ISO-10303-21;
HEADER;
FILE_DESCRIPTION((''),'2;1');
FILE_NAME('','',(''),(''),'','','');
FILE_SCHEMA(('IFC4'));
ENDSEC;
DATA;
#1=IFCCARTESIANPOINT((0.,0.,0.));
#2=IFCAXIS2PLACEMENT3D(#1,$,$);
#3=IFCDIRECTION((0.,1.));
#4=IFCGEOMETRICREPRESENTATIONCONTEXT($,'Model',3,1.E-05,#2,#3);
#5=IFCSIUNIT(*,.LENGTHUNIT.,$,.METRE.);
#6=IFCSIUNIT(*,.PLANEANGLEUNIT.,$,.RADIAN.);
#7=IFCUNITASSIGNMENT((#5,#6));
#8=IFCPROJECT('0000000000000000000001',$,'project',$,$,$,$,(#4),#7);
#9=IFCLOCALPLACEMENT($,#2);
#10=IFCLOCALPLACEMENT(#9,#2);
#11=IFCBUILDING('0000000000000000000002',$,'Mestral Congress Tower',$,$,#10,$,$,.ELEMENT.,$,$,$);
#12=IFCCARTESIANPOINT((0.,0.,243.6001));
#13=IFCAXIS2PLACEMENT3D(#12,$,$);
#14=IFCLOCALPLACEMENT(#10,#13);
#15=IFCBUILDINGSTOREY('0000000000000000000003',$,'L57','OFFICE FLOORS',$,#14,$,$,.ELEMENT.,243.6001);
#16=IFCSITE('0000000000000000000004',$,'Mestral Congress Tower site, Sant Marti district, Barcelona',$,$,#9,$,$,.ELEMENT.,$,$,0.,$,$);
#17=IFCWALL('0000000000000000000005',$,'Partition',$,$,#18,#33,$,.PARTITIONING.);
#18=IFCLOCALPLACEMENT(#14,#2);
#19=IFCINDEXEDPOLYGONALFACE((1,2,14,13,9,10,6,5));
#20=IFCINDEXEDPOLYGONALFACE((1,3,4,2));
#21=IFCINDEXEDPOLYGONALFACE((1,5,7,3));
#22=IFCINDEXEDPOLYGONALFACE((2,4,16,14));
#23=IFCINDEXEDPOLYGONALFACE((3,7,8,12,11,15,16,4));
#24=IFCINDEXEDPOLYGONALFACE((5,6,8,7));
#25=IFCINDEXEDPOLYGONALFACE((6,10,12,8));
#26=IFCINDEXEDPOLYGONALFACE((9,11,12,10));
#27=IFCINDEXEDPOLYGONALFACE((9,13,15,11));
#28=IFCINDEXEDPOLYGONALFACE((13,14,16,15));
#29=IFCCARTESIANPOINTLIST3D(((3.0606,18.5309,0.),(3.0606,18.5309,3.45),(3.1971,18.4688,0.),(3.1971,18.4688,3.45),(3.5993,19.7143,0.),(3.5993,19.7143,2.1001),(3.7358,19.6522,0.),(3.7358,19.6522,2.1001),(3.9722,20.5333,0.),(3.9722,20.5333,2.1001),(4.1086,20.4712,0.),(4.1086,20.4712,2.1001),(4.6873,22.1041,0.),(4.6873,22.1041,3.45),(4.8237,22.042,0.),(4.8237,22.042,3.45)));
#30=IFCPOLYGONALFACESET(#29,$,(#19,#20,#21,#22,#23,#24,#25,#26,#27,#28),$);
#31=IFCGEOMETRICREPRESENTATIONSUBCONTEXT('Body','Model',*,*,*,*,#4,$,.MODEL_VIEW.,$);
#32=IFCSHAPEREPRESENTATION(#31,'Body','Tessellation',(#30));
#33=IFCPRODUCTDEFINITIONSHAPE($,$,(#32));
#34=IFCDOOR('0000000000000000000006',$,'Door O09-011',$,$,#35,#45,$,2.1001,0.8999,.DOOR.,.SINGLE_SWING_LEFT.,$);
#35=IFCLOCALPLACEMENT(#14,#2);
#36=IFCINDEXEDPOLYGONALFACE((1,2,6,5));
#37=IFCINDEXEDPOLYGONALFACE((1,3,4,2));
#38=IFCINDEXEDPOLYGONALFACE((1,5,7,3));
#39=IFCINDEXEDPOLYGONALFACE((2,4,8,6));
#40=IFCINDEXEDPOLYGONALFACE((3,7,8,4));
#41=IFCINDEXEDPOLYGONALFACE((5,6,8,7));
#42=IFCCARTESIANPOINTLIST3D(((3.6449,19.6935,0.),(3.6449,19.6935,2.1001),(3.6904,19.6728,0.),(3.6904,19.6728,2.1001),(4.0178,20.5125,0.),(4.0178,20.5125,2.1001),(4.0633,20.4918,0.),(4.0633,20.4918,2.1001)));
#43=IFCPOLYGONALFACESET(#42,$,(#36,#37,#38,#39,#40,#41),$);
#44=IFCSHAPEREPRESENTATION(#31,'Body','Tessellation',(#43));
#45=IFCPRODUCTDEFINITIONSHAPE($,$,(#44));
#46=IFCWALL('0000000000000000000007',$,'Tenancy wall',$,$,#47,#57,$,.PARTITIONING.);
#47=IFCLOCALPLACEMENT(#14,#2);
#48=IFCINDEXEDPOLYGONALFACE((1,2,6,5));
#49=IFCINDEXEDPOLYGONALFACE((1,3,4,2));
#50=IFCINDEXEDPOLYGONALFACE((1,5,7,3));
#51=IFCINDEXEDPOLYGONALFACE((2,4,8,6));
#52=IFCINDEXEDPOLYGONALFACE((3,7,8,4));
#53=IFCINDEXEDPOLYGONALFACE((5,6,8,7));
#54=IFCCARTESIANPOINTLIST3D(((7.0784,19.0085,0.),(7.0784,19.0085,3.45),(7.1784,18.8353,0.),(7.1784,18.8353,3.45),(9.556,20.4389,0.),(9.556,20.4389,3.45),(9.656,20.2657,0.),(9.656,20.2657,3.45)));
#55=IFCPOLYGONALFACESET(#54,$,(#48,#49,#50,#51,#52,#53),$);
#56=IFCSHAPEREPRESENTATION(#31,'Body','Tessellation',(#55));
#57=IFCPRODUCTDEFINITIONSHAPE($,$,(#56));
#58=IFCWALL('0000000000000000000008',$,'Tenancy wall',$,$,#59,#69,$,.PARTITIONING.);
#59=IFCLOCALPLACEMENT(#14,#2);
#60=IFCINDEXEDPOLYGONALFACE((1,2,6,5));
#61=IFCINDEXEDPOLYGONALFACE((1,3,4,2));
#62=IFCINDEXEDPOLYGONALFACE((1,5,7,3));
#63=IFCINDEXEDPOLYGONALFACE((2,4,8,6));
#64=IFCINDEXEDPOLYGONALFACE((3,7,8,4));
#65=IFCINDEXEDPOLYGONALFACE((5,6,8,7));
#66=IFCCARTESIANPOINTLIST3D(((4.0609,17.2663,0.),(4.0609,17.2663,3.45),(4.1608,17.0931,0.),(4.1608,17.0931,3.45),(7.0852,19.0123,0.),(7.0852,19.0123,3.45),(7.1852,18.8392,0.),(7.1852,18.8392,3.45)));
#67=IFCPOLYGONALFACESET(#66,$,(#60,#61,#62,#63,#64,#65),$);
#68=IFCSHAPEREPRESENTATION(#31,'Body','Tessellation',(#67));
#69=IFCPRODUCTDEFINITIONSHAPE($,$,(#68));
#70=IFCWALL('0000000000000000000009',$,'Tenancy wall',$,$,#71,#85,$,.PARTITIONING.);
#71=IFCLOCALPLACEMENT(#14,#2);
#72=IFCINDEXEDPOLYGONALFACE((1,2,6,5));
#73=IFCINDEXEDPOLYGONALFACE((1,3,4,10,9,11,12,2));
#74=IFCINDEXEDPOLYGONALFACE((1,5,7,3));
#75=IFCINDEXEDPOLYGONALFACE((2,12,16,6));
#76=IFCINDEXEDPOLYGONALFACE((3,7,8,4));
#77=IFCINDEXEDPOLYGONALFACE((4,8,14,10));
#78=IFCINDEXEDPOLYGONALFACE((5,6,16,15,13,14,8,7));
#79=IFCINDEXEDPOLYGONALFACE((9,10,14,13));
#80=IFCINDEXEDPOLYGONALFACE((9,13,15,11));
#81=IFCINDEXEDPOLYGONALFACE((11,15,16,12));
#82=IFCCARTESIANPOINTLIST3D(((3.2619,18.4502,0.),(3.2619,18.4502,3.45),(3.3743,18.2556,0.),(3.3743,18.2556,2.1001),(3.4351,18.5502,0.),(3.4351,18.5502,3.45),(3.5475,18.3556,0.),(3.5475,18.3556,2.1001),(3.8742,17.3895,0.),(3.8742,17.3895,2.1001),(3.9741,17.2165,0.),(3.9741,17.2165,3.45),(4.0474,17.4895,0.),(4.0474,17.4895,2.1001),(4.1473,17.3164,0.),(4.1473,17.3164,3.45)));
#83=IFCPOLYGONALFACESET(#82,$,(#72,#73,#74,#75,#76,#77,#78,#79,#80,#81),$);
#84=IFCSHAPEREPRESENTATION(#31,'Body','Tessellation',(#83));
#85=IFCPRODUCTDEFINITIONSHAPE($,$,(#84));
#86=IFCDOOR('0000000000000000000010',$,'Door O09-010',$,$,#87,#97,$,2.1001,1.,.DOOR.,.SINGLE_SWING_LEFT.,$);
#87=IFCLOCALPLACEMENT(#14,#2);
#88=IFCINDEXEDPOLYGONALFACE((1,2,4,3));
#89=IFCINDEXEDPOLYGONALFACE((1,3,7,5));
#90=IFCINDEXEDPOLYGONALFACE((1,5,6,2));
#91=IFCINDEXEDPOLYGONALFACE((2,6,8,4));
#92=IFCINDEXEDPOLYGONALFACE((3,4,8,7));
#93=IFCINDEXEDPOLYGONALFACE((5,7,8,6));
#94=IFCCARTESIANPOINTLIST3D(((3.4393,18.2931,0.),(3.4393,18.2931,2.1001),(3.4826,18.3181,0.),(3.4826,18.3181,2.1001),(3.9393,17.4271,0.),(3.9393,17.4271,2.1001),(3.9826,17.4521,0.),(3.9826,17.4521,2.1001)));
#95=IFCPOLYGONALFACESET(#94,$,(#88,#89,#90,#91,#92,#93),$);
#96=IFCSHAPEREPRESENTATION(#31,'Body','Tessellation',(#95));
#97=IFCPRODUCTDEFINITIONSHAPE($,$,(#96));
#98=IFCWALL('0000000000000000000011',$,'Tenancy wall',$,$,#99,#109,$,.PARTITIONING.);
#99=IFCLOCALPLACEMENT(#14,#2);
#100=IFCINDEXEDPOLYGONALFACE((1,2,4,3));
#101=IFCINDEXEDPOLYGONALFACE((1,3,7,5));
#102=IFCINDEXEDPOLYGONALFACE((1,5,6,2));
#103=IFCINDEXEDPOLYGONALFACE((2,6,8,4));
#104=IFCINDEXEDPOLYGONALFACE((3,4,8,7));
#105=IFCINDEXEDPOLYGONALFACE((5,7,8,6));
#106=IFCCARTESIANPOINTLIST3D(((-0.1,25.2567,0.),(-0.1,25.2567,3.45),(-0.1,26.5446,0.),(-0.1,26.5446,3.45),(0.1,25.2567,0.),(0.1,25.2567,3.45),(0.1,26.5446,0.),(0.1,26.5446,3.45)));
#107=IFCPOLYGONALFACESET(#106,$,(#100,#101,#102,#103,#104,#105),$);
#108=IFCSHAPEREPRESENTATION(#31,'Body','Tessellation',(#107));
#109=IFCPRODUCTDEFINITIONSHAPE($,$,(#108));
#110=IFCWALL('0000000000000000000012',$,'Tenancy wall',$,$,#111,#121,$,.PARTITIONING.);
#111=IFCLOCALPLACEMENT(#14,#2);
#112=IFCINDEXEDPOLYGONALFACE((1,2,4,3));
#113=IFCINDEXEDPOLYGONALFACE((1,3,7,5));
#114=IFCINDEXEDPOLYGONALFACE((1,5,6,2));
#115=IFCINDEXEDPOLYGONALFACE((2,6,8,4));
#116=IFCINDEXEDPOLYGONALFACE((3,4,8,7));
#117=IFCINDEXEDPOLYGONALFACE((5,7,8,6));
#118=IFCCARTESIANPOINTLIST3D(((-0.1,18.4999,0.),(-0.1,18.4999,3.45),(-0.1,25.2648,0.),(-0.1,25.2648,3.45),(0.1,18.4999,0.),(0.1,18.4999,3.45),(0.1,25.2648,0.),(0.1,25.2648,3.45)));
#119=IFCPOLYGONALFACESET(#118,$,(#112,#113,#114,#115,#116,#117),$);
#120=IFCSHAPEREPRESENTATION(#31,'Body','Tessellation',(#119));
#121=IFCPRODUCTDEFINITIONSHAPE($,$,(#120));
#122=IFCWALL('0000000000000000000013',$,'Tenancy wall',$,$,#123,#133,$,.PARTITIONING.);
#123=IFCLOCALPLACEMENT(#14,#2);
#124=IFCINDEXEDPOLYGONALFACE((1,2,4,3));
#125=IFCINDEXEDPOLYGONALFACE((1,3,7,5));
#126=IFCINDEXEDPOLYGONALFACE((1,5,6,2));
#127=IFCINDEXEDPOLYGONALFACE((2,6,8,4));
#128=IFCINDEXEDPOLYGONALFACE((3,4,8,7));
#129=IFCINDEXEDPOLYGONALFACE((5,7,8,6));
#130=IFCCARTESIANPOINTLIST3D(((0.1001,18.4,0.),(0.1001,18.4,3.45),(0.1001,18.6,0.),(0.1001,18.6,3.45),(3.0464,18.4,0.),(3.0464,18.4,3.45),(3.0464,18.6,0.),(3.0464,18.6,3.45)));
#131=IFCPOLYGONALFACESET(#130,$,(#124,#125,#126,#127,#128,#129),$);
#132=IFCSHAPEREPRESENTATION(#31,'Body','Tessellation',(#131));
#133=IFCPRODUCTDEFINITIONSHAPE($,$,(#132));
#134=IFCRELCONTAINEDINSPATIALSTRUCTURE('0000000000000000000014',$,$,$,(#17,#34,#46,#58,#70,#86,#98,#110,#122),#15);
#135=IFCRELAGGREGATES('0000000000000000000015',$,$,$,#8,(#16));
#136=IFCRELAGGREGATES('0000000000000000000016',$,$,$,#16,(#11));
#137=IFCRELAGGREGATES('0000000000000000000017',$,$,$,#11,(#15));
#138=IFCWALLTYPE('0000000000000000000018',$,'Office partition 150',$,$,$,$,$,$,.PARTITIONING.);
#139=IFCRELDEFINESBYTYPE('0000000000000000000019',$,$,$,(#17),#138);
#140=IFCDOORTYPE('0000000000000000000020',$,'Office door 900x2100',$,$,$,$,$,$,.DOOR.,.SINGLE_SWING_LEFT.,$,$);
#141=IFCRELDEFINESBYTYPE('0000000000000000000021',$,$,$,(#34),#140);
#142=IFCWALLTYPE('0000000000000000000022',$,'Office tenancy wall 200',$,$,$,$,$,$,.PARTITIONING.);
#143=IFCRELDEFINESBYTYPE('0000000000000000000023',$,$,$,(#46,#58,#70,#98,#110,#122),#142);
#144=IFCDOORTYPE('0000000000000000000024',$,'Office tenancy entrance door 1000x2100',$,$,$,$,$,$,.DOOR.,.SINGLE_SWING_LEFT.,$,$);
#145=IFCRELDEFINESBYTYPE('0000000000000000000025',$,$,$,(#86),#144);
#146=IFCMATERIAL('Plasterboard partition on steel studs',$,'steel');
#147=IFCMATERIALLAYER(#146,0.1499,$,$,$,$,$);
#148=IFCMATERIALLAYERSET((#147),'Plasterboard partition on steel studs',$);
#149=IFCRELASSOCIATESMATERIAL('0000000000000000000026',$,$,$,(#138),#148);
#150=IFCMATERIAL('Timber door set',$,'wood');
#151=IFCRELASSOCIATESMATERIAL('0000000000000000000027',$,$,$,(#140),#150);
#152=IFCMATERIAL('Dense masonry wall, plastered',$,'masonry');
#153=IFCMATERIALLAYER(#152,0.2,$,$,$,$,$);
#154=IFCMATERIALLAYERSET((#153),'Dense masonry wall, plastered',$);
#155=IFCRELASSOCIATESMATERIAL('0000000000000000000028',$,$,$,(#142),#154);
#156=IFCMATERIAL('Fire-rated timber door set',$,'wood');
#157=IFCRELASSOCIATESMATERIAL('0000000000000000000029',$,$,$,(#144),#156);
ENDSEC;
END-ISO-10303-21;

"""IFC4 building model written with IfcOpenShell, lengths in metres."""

from ifc_helpers import new_model, si_unit, direction, frame, frame_2d, origin, place, context, subcontext, project, spatial, rectangle, extrude, material, layer, layer_set, type_object, element, fill, save


model = new_model("IFC4")

# Units and contexts
model_context = context("Model", 3, precision=1e-05, world=origin(), true_north=direction((0.0, 1.0)))
body_context = subcontext(model_context, "Body", "Model", "MODEL_VIEW")
ifc_project = project(units=[si_unit("LENGTHUNIT", "METRE"), si_unit("PLANEANGLEUNIT", "RADIAN")], contexts=[model_context])

# Site, building, storey
site_placement = place(None, origin())
site = spatial("IfcSite", under=ifc_project, at=site_placement, Name="Mestral Congress Tower site, Sant Marti district, Barcelona", CompositionType="ELEMENT", RefElevation=0.0)
building_placement = place(site_placement, origin())
building = spatial("IfcBuilding", under=site, at=building_placement, Name="Mestral Congress Tower", CompositionType="ELEMENT")
storey_placement = place(building_placement, frame((0.0, 0.0, 243.6001)))
storey = spatial("IfcBuildingStorey", under=building, at=storey_placement, Name="L57", Description="OFFICE FLOORS", CompositionType="ELEMENT", Elevation=243.6001)

# Shared definitions
ifc_material_1 = material(Name="Plasterboard partition on steel studs", Category="steel")
ifc_layer_1 = layer(ifc_material_1, 0.1499)
ifc_layer_set_1 = layer_set([ifc_layer_1], Name="Plasterboard partition on steel studs")
wall_type_1 = type_object("IfcWallType", Name="Office partition 150", PredefinedType="PARTITIONING", material=ifc_layer_set_1)
ifc_material_2 = material(Name="Timber door set", Category="wood")
door_type_1 = type_object("IfcDoorType", Name="Office door 900x2100", OperationType="SINGLE_SWING_LEFT", PredefinedType="DOOR", material=ifc_material_2)

# Wall, opening, door
wall_1_placement = place(storey_placement, frame((3.1289, 18.5, 0.0), z_axis=(0.0, 0.0, 1.0), x_axis=(0.414332, 0.910126, 0.0)))
wall_1 = element("IfcWall", 1, at=wall_1_placement, inside=storey, type_object=wall_type_1, Name="Partition", PredefinedType="PARTITIONING", context=body_context, shape_type="SweptSolid", body=[
    extrude(rectangle(XDim=3.926, YDim=0.1499, at=frame_2d((1.9629, 0.0))), origin(), (0.0, 0.0, 1.0), 3.45),
])
opening_1_placement = place(wall_1_placement, frame((1.3, 0.0, 0.0)))
opening_1 = element("IfcOpeningElement", 2, at=opening_1_placement, cuts=wall_1, PredefinedType="OPENING", context=body_context, shape_type="SweptSolid", body=[
    extrude(rectangle(XDim=0.8999, YDim=2.1001, at=frame_2d((0.45, 1.05))), frame((0.0, 0.085, 0.0), z_axis=(0.0, -1.0, 0.0), x_axis=(1.0, 0.0, 0.0)), (0.0, 0.0, 1.0), 0.1699),
])
door_1_placement = place(opening_1_placement, origin())
door_1 = element("IfcDoor", 3, at=door_1_placement, inside=storey, type_object=door_type_1, Name="Door O09-011", OperationType="SINGLE_SWING_LEFT", OverallHeight=2.1001, OverallWidth=0.8999, PredefinedType="DOOR", context=body_context, shape_type="SweptSolid", body=[
    extrude(rectangle(XDim=0.8999, YDim=2.1001, at=frame_2d((0.45, 1.05))), frame((0.0, 0.0249, 0.0), z_axis=(0.0, -1.0, 0.0), x_axis=(1.0, 0.0, 0.0)), (0.0, 0.0, 1.0), 0.05),
])
fill(opening_1, door_1)

# Walls
ifc_material_3 = material(Name="Dense masonry wall, plastered", Category="masonry")
ifc_layer_2 = layer(ifc_material_3, 0.2)
ifc_layer_set_2 = layer_set([ifc_layer_2], Name="Dense masonry wall, plastered")
wall_type_2 = type_object("IfcWallType", Name="Office tenancy wall 200", PredefinedType="PARTITIONING", material=ifc_layer_set_2)
wall_2_placement = place(storey_placement, frame((7.1284, 18.9219, 0.0), z_axis=(0.0, 0.0, 1.0), x_axis=(0.866024, 0.500003, 0.0)))
element("IfcWall", 4, at=wall_2_placement, inside=storey, type_object=wall_type_2, Name="Tenancy wall", PredefinedType="PARTITIONING", context=body_context, shape_type="SweptSolid", body=[
    extrude(rectangle(XDim=2.8608, YDim=0.2, at=frame_2d((1.4304, 0.0))), origin(), (0.0, 0.0, 1.0), 3.45),
])
wall_3_placement = place(storey_placement, frame((4.1108, 17.1797, 0.0), z_axis=(0.0, 0.0, 1.0), x_axis=(0.866032, 0.499989, 0.0)))
element("IfcWall", 5, at=wall_3_placement, inside=storey, type_object=wall_type_2, Name="Tenancy wall", PredefinedType="PARTITIONING", context=body_context, shape_type="SweptSolid", body=[
    extrude(rectangle(XDim=3.4922, YDim=0.2, at=frame_2d((1.7461, 0.0))), origin(), (0.0, 0.0, 1.0), 3.45),
])

# Wall, opening, door
wall_4_placement = place(storey_placement, frame((4.0608, 17.2664, 0.0), z_axis=(0.0, 0.0, 1.0), x_axis=(-0.499955, 0.866051, 0.0)))
wall_4 = element("IfcWall", 6, at=wall_4_placement, inside=storey, type_object=wall_type_2, Name="Tenancy wall", PredefinedType="PARTITIONING", context=body_context, shape_type="SweptSolid", body=[
    extrude(rectangle(XDim=1.4246, YDim=0.2, at=frame_2d((0.7124, 0.0))), origin(), (0.0, 0.0, 1.0), 3.45),
])
opening_2_placement = place(wall_4_placement, frame((0.2, 0.0, 0.0)))
opening_2 = element("IfcOpeningElement", 7, at=opening_2_placement, cuts=wall_4, PredefinedType="OPENING", context=body_context, shape_type="SweptSolid", body=[
    extrude(rectangle(XDim=1.0, YDim=2.1001, at=frame_2d((0.5, 1.05))), frame((0.0, 0.1099, 0.0), z_axis=(0.0, -1.0, 0.0), x_axis=(1.0, 0.0, 0.0)), (0.0, 0.0, 1.0), 0.22),
])
ifc_material_4 = material(Name="Fire-rated timber door set", Category="wood")
door_type_2 = type_object("IfcDoorType", Name="Office tenancy entrance door 1000x2100", OperationType="SINGLE_SWING_LEFT", PredefinedType="DOOR", material=ifc_material_4)
door_2_placement = place(opening_2_placement, origin())
door_2 = element("IfcDoor", 8, at=door_2_placement, inside=storey, type_object=door_type_2, Name="Door O09-010", OperationType="SINGLE_SWING_LEFT", OverallHeight=2.1001, OverallWidth=1.0, PredefinedType="DOOR", context=body_context, shape_type="SweptSolid", body=[
    extrude(rectangle(XDim=1.0, YDim=2.1001, at=frame_2d((0.5, 1.05))), frame((0.0, 0.0249, 0.0), z_axis=(0.0, -1.0, 0.0), x_axis=(1.0, 0.0, 0.0)), (0.0, 0.0, 1.0), 0.05),
])
fill(opening_2, door_2)

# Walls
wall_5_placement = place(storey_placement, frame((0.0, 25.2566, 0.0), z_axis=(0.0, 0.0, 1.0), x_axis=(0.0, 1.0, 0.0)))
element("IfcWall", 9, at=wall_5_placement, inside=storey, type_object=wall_type_2, Name="Tenancy wall", PredefinedType="PARTITIONING", context=body_context, shape_type="SweptSolid", body=[
    extrude(rectangle(XDim=1.2878, YDim=0.2, at=frame_2d((0.644, 0.0))), origin(), (0.0, 0.0, 1.0), 3.45),
])
wall_6_placement = place(storey_placement, frame((0.0, 18.5, 0.0), z_axis=(0.0, 0.0, 1.0), x_axis=(0.0, 1.0, 0.0)))
element("IfcWall", 10, at=wall_6_placement, inside=storey, type_object=wall_type_2, Name="Tenancy wall", PredefinedType="PARTITIONING", context=body_context, shape_type="SweptSolid", body=[
    extrude(rectangle(XDim=6.7649, YDim=0.2, at=frame_2d((3.3823, 0.0))), origin(), (0.0, 0.0, 1.0), 3.45),
])
wall_7_placement = place(storey_placement, frame((3.0464, 18.5, 0.0), z_axis=(0.0, 0.0, 1.0), x_axis=(-1.0, 0.0, 0.0)))
element("IfcWall", 11, at=wall_7_placement, inside=storey, type_object=wall_type_2, Name="Tenancy wall", PredefinedType="PARTITIONING", context=body_context, shape_type="SweptSolid", body=[
    extrude(rectangle(XDim=2.9463, YDim=0.2, at=frame_2d((1.4731, 0.0))), origin(), (0.0, 0.0, 1.0), 3.45),
])

save(model, "model.ifc")
